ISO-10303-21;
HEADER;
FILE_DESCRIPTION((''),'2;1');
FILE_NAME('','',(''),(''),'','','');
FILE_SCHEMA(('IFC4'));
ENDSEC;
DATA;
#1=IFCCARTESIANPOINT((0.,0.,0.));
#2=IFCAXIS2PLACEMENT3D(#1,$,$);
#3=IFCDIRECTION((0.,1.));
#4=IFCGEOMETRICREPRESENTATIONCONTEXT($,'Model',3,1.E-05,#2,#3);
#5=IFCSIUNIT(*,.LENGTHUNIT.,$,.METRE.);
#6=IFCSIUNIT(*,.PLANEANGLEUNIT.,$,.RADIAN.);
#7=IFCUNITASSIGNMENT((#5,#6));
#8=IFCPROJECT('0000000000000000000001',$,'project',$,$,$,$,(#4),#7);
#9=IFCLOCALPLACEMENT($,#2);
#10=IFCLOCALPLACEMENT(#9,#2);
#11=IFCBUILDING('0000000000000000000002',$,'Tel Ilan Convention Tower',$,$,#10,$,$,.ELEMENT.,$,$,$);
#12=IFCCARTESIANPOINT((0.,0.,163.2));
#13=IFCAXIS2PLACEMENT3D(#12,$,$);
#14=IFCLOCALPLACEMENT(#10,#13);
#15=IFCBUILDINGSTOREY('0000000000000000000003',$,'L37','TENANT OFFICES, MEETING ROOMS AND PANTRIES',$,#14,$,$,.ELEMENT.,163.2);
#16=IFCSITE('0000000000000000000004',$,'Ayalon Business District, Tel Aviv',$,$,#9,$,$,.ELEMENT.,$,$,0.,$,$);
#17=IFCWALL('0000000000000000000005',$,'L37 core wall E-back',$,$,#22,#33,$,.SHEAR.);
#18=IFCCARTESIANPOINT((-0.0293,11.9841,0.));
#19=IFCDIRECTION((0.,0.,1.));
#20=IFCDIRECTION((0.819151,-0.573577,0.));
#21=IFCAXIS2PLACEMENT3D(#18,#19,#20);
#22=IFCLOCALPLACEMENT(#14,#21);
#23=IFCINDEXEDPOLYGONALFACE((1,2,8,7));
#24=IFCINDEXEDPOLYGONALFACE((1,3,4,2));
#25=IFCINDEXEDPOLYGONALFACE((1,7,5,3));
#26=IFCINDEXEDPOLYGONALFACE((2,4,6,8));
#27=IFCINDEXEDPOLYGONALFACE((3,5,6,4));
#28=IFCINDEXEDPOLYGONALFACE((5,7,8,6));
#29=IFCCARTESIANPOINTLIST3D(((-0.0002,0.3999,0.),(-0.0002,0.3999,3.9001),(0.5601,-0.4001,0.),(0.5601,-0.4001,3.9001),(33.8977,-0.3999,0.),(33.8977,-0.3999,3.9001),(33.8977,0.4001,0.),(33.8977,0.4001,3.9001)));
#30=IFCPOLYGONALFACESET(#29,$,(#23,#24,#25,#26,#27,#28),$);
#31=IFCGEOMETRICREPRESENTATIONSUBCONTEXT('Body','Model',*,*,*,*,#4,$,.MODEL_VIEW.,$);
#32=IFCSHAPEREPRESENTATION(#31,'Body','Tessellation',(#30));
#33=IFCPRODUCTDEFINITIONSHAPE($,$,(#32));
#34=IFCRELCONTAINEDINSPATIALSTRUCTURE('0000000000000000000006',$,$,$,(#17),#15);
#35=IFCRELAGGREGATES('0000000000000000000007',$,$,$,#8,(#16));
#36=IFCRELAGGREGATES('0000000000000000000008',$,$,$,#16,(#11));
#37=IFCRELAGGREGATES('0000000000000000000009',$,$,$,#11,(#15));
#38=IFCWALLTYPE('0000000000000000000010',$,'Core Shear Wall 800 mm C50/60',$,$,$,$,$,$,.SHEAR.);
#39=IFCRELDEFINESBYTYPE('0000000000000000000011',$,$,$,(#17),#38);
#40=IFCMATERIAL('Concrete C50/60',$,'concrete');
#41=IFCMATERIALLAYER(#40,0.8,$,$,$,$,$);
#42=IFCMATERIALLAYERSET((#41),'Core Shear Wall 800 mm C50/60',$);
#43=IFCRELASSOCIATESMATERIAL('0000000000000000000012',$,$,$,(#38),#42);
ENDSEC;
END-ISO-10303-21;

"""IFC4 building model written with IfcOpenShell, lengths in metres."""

from ifc_helpers import new_model, si_unit, direction, frame, origin, place, context, subcontext, project, spatial, polyline, outline, extrude, material, layer, layer_set, type_object, element, save


model = new_model("IFC4")

# Units and contexts
model_context = context("Model", 3, precision=1e-05, world=origin(), true_north=direction((0.0, 1.0)))
body_context = subcontext(model_context, "Body", "Model", "MODEL_VIEW")
ifc_project = project(units=[si_unit("LENGTHUNIT", "METRE"), si_unit("PLANEANGLEUNIT", "RADIAN")], contexts=[model_context])

# Site, building, storey
site_placement = place(None, origin())
site = spatial("IfcSite", under=ifc_project, at=site_placement, Name="Ayalon Business District, Tel Aviv", CompositionType="ELEMENT", RefElevation=0.0)
building_placement = place(site_placement, origin())
building = spatial("IfcBuilding", under=site, at=building_placement, Name="Tel Ilan Convention Tower", CompositionType="ELEMENT")
storey_placement = place(building_placement, frame((0.0, 0.0, 163.2)))
storey = spatial("IfcBuildingStorey", under=building, at=storey_placement, Name="L37", Description="TENANT OFFICES, MEETING ROOMS AND PANTRIES", CompositionType="ELEMENT", Elevation=163.2)

# Wall
ifc_material_1 = material(Name="Concrete C50/60", Category="concrete")
ifc_layer_1 = layer(ifc_material_1, 0.8)
ifc_layer_set_1 = layer_set([ifc_layer_1], Name="Core Shear Wall 800 mm C50/60")
wall_type_1 = type_object("IfcWallType", Name="Core Shear Wall 800 mm C50/60", PredefinedType="SHEAR", material=ifc_layer_set_1)
wall_1_placement = place(storey_placement, frame((-0.0293, 11.9841, 0.0), z_axis=(0.0, 0.0, 1.0), x_axis=(0.819151, -0.573577, 0.0)))
element("IfcWall", 1, at=wall_1_placement, inside=storey, type_object=wall_type_1, Name="L37 core wall E-back", PredefinedType="SHEAR", context=body_context, shape_type="SweptSolid", body=[
    extrude(outline(polyline([(33.8977, 0.4001), (-0.0002, 0.3999), (0.5601, -0.4001), (33.8977, -0.3999), (33.8977, 0.4001)])), origin(), (0.0, 0.0, 1.0), 3.9001),
])

save(model, "model.ifc")
